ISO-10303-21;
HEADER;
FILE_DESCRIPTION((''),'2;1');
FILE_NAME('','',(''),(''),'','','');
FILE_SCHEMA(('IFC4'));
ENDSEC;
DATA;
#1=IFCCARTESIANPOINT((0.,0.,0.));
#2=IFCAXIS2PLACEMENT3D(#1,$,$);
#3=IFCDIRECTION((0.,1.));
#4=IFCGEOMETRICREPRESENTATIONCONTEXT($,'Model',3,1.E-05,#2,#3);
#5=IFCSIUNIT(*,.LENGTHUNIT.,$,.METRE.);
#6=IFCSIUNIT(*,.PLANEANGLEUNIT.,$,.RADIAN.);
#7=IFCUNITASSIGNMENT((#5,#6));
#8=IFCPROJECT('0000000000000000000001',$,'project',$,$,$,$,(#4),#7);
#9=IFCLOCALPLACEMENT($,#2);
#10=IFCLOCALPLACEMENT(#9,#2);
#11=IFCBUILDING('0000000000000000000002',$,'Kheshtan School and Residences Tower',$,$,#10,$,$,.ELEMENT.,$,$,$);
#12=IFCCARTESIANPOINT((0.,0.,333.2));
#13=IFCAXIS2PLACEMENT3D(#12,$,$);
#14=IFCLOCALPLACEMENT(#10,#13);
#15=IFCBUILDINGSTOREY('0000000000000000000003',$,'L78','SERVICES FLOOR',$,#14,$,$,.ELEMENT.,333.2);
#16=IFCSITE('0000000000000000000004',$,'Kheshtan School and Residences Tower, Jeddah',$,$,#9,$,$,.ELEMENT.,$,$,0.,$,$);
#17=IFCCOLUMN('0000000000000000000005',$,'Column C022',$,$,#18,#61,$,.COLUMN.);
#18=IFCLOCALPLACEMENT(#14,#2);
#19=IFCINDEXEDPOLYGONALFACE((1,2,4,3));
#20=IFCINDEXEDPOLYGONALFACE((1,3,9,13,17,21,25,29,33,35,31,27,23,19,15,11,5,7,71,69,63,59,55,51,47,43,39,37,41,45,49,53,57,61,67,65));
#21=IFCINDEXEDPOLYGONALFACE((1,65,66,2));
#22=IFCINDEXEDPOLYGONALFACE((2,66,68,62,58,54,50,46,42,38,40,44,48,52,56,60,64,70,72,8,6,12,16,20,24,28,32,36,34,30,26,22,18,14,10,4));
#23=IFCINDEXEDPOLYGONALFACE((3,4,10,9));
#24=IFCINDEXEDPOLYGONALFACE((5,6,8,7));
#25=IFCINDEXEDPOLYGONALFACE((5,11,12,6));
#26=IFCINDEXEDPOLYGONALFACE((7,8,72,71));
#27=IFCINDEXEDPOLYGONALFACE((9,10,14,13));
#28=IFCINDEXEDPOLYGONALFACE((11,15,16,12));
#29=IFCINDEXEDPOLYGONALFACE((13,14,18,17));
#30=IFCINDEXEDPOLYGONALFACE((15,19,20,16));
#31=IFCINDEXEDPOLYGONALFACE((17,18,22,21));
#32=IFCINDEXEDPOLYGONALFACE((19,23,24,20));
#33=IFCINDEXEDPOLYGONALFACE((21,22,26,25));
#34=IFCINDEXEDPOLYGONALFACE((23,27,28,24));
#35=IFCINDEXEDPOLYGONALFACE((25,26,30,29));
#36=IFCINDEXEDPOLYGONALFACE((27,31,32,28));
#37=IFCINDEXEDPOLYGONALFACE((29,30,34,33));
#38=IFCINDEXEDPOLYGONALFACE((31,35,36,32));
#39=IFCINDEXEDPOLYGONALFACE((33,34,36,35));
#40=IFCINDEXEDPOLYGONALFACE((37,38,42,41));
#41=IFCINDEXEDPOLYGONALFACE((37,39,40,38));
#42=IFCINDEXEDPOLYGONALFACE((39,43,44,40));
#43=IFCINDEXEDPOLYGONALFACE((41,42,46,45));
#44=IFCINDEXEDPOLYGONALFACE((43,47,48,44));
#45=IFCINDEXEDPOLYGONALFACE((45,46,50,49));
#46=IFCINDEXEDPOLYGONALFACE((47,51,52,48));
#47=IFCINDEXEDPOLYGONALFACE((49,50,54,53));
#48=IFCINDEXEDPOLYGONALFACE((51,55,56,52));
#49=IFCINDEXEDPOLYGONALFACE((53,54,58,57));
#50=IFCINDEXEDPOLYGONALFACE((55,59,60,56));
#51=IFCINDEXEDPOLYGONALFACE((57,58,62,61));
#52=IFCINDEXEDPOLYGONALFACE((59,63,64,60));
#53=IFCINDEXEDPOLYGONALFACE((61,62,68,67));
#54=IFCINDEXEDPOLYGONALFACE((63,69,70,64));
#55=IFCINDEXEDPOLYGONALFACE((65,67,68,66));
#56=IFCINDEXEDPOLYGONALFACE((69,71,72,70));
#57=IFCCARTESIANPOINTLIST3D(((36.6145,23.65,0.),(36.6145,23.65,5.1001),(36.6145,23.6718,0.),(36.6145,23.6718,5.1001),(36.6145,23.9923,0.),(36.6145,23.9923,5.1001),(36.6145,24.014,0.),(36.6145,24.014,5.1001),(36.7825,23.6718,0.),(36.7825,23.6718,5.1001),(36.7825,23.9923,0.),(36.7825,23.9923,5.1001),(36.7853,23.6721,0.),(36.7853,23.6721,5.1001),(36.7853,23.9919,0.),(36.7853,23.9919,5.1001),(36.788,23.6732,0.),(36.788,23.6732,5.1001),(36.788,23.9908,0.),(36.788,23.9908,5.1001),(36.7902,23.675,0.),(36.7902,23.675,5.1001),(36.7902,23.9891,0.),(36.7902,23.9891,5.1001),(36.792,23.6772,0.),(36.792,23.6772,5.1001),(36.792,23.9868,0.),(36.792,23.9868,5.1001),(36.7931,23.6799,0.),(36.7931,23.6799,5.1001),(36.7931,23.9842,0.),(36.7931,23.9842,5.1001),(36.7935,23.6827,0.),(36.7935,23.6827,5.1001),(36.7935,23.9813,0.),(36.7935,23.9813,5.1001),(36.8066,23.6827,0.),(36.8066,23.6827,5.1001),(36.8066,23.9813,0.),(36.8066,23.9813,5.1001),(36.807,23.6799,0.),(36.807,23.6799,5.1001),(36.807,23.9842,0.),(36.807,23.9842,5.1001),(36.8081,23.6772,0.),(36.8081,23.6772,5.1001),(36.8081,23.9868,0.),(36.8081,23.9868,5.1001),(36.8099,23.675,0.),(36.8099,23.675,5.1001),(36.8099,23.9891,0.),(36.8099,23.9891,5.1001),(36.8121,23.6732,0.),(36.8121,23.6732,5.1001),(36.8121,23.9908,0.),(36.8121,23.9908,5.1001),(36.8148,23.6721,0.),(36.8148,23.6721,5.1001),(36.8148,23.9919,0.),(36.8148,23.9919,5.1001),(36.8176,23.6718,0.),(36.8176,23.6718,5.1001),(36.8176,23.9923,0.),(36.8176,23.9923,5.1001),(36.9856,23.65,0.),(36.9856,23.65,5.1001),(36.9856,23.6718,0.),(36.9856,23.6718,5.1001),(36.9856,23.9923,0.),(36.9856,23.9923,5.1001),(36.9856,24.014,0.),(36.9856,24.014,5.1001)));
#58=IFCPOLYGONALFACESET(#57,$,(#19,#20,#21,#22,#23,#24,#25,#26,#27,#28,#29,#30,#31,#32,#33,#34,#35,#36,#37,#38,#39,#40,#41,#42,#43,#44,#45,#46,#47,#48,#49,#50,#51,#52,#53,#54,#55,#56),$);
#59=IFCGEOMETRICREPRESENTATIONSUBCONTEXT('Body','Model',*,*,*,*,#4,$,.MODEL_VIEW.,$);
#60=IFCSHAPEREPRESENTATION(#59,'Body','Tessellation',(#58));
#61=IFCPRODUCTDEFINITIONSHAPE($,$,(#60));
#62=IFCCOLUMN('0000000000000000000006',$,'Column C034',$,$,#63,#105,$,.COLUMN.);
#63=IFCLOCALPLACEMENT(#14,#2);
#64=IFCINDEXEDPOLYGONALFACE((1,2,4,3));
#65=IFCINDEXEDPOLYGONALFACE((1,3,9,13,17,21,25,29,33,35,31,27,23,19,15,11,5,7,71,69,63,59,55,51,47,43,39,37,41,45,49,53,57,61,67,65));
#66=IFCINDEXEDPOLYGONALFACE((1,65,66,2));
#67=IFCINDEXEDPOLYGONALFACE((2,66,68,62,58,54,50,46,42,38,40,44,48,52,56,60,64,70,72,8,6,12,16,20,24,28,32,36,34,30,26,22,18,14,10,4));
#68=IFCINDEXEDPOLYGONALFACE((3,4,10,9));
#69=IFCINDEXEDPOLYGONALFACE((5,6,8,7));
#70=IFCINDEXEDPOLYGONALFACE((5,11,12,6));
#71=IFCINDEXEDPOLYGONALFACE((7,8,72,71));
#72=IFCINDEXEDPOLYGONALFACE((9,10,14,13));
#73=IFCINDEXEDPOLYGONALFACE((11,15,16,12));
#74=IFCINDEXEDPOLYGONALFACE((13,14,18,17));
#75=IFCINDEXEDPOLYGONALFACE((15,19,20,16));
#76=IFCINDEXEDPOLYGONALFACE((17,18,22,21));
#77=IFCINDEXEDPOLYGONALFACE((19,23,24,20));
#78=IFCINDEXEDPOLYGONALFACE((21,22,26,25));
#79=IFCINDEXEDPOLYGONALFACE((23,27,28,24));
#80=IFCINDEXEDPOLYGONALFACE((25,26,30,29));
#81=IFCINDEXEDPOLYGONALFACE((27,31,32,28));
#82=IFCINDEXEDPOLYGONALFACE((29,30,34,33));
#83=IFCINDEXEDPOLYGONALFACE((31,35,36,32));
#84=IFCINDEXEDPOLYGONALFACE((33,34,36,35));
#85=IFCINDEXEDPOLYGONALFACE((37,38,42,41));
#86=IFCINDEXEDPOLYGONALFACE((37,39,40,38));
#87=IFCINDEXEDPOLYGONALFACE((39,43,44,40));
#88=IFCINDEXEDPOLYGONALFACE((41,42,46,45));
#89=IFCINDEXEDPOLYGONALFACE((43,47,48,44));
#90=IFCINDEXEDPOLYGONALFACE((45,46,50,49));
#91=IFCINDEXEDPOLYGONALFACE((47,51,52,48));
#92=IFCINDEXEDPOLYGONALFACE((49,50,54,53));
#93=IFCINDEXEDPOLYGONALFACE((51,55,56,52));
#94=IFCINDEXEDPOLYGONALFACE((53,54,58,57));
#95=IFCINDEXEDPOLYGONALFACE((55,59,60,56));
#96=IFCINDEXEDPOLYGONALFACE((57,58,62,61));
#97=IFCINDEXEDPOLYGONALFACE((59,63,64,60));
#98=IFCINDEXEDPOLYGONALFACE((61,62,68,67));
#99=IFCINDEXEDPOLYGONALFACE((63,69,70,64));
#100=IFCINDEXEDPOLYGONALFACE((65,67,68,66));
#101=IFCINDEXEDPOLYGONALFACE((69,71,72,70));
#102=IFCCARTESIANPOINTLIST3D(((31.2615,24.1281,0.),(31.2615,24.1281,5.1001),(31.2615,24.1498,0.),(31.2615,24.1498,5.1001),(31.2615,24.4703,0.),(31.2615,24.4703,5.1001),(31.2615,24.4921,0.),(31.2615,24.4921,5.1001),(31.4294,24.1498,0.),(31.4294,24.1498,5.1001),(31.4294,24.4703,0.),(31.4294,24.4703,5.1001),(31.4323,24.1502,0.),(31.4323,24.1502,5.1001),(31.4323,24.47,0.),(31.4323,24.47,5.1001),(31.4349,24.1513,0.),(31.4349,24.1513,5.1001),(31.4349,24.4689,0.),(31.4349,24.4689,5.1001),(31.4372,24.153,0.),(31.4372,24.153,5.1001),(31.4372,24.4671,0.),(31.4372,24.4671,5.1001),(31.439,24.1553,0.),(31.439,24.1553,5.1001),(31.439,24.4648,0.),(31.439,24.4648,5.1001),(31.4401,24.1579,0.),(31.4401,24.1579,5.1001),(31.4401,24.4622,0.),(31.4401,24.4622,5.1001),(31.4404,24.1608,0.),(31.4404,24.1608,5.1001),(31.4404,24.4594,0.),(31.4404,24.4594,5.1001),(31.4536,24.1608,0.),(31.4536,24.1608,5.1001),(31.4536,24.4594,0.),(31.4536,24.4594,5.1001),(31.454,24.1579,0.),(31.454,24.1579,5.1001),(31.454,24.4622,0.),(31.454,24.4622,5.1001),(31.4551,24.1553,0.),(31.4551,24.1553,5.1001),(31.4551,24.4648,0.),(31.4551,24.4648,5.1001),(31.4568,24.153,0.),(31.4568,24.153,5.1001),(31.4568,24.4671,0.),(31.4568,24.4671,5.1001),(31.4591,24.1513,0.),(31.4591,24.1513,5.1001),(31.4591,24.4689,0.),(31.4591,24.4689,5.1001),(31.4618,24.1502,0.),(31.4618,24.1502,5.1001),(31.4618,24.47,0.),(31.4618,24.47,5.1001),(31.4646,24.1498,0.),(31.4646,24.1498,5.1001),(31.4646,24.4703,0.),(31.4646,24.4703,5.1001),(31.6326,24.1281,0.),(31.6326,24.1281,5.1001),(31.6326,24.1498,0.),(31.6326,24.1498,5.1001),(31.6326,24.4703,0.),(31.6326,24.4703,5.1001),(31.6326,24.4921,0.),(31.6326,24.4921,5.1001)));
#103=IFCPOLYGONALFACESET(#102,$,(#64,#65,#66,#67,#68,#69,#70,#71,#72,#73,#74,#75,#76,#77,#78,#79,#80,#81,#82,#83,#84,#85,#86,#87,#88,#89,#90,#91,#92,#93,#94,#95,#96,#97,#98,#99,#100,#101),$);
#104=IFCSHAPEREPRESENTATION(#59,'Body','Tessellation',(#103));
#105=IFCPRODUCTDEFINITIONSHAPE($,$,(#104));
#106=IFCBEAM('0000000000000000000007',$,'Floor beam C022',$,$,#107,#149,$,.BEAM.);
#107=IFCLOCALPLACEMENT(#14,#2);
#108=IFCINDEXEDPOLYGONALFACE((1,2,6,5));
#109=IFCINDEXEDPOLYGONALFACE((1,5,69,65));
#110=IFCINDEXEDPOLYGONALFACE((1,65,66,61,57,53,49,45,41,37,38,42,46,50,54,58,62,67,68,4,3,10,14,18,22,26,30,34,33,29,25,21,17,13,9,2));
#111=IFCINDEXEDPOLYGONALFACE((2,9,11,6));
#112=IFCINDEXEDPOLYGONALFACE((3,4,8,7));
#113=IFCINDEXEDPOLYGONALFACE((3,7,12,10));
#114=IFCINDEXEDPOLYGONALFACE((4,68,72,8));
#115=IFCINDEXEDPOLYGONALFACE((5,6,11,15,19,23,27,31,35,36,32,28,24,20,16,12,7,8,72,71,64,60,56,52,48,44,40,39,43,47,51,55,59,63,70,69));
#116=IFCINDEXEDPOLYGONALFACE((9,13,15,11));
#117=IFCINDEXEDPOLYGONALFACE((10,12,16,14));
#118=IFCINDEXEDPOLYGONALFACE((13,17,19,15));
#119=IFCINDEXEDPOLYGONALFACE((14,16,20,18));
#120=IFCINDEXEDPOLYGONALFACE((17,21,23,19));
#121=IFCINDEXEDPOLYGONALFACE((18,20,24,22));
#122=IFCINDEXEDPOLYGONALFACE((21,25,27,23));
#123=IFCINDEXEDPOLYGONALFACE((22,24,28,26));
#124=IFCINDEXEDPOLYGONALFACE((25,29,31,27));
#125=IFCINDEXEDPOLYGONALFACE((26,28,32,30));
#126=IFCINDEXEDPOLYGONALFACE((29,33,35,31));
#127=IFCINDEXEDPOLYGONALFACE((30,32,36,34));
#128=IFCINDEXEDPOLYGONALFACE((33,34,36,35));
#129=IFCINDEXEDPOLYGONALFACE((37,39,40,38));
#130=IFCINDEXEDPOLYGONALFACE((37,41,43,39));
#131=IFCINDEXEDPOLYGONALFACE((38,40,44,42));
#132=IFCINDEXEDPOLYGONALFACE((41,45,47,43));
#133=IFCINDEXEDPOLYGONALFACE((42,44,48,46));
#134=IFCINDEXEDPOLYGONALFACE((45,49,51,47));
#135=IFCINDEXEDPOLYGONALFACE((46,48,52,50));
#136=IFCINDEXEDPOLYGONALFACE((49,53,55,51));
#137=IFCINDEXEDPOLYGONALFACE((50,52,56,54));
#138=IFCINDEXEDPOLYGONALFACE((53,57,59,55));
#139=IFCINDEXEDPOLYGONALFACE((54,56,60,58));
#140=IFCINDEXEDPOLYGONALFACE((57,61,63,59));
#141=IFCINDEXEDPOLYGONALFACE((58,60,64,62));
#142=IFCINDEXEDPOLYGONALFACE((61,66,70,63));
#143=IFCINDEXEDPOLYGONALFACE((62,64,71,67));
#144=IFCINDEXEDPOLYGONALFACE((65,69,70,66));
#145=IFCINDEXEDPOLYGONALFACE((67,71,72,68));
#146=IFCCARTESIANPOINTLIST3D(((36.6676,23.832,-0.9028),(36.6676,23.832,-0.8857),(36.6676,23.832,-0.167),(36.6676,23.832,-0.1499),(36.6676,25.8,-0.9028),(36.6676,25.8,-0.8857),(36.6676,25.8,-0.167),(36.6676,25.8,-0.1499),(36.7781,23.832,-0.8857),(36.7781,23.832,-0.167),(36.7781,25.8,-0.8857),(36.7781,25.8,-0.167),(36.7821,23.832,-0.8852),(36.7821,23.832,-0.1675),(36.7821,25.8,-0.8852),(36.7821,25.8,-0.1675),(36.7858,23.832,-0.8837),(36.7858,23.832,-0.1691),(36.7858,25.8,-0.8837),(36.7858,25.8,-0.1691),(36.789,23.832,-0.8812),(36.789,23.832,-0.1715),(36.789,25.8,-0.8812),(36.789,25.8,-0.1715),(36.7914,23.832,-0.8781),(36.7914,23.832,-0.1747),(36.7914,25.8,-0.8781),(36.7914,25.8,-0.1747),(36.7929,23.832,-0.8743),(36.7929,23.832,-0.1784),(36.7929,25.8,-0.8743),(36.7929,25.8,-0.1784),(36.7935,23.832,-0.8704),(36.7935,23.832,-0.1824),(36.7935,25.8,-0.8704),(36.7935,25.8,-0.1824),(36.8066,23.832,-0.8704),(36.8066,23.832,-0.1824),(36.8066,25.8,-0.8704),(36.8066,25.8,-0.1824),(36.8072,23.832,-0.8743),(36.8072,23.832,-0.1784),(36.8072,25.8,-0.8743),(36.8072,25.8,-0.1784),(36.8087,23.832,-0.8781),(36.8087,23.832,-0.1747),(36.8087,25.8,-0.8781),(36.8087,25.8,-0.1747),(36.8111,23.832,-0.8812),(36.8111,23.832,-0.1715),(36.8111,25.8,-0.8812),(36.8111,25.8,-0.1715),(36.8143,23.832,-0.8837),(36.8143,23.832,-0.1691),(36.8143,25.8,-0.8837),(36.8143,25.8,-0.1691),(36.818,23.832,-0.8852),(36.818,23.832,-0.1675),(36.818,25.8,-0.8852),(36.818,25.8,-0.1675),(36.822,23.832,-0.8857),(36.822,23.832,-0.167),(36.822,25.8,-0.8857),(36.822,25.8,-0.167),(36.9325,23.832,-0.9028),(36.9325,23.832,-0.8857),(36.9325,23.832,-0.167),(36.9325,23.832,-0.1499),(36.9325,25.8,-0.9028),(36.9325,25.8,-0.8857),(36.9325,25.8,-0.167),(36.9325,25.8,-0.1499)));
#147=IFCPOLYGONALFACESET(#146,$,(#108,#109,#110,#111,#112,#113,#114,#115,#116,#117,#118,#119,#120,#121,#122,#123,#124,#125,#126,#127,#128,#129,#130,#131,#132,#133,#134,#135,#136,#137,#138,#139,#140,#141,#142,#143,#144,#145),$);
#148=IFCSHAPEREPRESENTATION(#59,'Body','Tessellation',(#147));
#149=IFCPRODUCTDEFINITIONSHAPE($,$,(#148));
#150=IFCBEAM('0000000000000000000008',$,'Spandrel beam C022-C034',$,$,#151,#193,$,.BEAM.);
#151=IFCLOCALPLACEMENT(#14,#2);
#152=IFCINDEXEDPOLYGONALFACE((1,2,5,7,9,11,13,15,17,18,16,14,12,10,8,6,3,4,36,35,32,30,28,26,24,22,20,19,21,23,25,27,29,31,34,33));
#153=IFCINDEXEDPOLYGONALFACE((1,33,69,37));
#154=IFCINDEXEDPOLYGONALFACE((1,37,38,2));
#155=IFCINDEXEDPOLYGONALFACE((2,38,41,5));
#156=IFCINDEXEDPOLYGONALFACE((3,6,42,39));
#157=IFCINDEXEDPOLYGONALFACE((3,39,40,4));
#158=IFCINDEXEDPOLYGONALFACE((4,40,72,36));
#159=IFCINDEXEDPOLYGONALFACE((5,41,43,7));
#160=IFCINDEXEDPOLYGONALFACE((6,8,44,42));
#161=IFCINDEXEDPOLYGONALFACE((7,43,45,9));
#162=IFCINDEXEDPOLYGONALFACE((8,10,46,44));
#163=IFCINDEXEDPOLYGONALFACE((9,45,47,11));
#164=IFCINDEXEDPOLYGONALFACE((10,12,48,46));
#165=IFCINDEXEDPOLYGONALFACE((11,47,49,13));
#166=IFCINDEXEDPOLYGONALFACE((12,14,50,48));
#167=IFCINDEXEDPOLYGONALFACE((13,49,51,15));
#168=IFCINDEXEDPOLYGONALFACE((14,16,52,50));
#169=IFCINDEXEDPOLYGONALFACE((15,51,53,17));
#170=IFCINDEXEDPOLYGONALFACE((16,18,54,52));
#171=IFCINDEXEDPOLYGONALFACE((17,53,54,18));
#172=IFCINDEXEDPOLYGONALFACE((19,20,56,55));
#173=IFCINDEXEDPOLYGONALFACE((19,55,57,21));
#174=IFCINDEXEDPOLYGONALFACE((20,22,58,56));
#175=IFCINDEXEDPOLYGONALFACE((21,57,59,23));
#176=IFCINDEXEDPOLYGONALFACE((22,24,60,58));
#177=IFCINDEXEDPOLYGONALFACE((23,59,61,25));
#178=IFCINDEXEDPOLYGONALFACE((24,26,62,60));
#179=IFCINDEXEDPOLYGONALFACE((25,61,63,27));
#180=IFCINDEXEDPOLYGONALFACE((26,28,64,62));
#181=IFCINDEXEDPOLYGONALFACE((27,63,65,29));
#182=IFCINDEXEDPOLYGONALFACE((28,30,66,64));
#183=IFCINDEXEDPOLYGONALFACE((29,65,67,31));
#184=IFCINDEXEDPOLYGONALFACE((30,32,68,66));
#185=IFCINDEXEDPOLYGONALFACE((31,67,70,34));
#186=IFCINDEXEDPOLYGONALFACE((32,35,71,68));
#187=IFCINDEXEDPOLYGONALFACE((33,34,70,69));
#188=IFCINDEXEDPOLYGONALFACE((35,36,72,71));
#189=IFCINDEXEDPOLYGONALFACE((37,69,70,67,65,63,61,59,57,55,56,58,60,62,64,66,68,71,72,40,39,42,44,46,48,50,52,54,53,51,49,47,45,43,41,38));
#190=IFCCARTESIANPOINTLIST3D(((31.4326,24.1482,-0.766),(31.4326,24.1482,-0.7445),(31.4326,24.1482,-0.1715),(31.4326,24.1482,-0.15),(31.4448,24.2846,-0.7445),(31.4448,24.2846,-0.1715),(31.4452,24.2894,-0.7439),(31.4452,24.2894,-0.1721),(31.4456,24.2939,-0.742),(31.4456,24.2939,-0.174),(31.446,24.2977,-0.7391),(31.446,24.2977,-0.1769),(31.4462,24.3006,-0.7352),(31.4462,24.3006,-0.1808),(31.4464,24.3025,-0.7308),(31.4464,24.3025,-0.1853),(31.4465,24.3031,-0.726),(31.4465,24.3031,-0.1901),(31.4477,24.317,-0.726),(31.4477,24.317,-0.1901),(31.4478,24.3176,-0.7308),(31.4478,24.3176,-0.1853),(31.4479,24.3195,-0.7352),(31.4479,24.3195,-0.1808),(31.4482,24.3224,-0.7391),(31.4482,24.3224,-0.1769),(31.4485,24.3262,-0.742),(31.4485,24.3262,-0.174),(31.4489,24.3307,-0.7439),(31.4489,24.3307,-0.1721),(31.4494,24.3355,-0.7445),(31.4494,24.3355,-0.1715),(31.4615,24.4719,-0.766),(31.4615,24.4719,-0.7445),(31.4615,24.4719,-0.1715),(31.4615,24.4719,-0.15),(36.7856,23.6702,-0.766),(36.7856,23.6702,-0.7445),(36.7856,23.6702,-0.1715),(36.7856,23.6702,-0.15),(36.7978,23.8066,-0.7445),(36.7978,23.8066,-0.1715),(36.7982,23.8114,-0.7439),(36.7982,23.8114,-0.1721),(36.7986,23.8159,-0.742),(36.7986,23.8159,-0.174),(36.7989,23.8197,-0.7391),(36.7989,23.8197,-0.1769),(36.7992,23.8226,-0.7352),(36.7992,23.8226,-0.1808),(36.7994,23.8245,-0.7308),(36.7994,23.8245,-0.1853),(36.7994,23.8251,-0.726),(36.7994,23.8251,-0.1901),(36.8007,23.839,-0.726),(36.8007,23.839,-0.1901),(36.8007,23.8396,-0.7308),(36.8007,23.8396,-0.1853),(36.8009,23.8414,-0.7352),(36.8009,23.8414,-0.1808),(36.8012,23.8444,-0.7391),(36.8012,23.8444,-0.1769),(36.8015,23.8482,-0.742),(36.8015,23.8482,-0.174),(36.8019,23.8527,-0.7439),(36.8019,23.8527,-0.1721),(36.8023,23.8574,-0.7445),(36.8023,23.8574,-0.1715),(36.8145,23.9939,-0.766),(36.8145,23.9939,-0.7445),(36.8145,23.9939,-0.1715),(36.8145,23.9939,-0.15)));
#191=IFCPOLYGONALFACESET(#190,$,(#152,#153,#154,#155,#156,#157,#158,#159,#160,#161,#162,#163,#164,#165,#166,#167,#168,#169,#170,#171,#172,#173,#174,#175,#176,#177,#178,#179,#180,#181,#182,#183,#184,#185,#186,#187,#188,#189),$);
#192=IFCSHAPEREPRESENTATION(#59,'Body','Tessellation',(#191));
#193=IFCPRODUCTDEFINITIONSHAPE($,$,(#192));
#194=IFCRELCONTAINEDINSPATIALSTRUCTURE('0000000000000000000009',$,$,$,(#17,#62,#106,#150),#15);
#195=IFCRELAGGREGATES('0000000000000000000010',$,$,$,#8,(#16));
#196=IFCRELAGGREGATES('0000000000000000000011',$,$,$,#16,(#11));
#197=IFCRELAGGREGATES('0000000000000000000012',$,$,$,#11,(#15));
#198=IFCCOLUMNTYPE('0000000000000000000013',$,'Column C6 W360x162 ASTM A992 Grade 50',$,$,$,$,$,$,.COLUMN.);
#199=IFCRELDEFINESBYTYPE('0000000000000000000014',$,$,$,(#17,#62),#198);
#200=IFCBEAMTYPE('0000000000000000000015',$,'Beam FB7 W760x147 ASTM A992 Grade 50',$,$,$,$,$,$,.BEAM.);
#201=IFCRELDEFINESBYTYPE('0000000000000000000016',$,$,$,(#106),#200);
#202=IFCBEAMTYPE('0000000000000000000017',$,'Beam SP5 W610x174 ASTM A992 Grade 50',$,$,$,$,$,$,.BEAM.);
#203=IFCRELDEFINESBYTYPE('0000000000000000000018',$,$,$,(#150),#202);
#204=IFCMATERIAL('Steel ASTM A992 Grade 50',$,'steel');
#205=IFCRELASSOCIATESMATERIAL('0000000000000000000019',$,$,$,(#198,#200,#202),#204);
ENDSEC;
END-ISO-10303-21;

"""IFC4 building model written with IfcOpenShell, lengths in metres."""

from ifc_helpers import new_model, si_unit, direction, frame, origin, origin_2d, place, context, subcontext, project, spatial, i_section, extrude, material, material_profile, profile_set, type_object, element, save


model = new_model("IFC4")

# Units and contexts
model_context = context("Model", 3, precision=1e-05, world=origin(), true_north=direction((0.0, 1.0)))
body_context = subcontext(model_context, "Body", "Model", "MODEL_VIEW")
ifc_project = project(units=[si_unit("LENGTHUNIT", "METRE"), si_unit("PLANEANGLEUNIT", "RADIAN")], contexts=[model_context])

# Site, building, storey
site_placement = place(None, origin())
site = spatial("IfcSite", under=ifc_project, at=site_placement, Name="Kheshtan School and Residences Tower, Jeddah", CompositionType="ELEMENT", RefElevation=0.0)
building_placement = place(site_placement, origin())
building = spatial("IfcBuilding", under=site, at=building_placement, Name="Kheshtan School and Residences Tower", CompositionType="ELEMENT")
storey_placement = place(building_placement, frame((0.0, 0.0, 333.2)))
storey = spatial("IfcBuildingStorey", under=building, at=storey_placement, Name="L78", Description="SERVICES FLOOR", CompositionType="ELEMENT", Elevation=333.2)

# Columns
ifc_material_1 = material(Name="Steel ASTM A992 Grade 50", Category="steel")
ifc_material_profile_1 = material_profile(ifc_material_1, i_section(OverallWidth=0.3711, OverallDepth=0.364, WebThickness=0.0132, FlangeThickness=0.0217, FilletRadius=0.011, at=origin_2d()), Name="W360x162")
ifc_profile_set_1 = profile_set([ifc_material_profile_1], Name="Steel ASTM A992 Grade 50")
column_type = type_object("IfcColumnType", Name="Column C6 W360x162 ASTM A992 Grade 50", PredefinedType="COLUMN", material=ifc_profile_set_1)
for number, where, z_axis, x_axis, name in (
    (1, (36.8, 23.832, 0.0), (0.0, 0.0, 1.0), (1.0, 0.0, 0.0), "Column C022"),
    (2, (31.447, 24.3101, 0.0), (0.0, 0.0, 1.0), (1.0, 0.0, 0.0), "Column C034"),
):
    element("IfcColumn", number, at=place(storey_placement, frame(where, z_axis=z_axis, x_axis=x_axis)), inside=storey, type_object=column_type, Name=name, PredefinedType="COLUMN", context=body_context, shape_type="SweptSolid", body=[
        extrude(i_section(OverallWidth=0.3711, OverallDepth=0.364, WebThickness=0.0132, FlangeThickness=0.0217, FilletRadius=0.011, at=origin_2d()), origin(), (0.0, 0.0, 1.0), 5.1001),
    ])

# Beams
ifc_material_profile_2 = material_profile(ifc_material_1, i_section(OverallWidth=0.2649, OverallDepth=0.7529, WebThickness=0.0132, FlangeThickness=0.0171, FilletRadius=0.0154, at=origin_2d()), Name="W760x147")
ifc_profile_set_2 = profile_set([ifc_material_profile_2], Name="Steel ASTM A992 Grade 50")
beam_type_1 = type_object("IfcBeamType", Name="Beam FB7 W760x147 ASTM A992 Grade 50", PredefinedType="BEAM", material=ifc_profile_set_2)
beam_1_placement = place(storey_placement, frame((36.8, 23.832, -0.5264), z_axis=(0.0, 1.0, 0.0), x_axis=(-1.0, 0.0, 0.0)))
element("IfcBeam", 3, at=beam_1_placement, inside=storey, type_object=beam_type_1, Name="Floor beam C022", PredefinedType="BEAM", context=body_context, shape_type="SweptSolid", body=[
    extrude(i_section(OverallWidth=0.2649, OverallDepth=0.7529, WebThickness=0.0132, FlangeThickness=0.0171, FilletRadius=0.0154, at=origin_2d()), origin(), (0.0, 0.0, 1.0), 1.968),
])
ifc_material_profile_3 = material_profile(ifc_material_1, i_section(OverallWidth=0.325, OverallDepth=0.616, WebThickness=0.0139, FlangeThickness=0.0215, FilletRadius=0.0186, at=origin_2d()), Name="W610x174")
ifc_profile_set_3 = profile_set([ifc_material_profile_3], Name="Steel ASTM A992 Grade 50")
beam_type_2 = type_object("IfcBeamType", Name="Beam SP5 W610x174 ASTM A992 Grade 50", PredefinedType="BEAM", material=ifc_profile_set_3)
beam_2_placement = place(storey_placement, frame((36.8, 23.832, -0.458), z_axis=(-0.996036, 0.088946, 0.0), x_axis=(-0.088946, -0.996036, 0.0)))
element("IfcBeam", 4, at=beam_2_placement, inside=storey, type_object=beam_type_2, Name="Spandrel beam C022-C034", PredefinedType="BEAM", context=body_context, shape_type="SweptSolid", body=[
    extrude(i_section(OverallWidth=0.325, OverallDepth=0.616, WebThickness=0.0139, FlangeThickness=0.0215, FilletRadius=0.0186, at=origin_2d()), origin(), (0.0, 0.0, 1.0), 5.3743),
])

save(model, "model.ifc")
